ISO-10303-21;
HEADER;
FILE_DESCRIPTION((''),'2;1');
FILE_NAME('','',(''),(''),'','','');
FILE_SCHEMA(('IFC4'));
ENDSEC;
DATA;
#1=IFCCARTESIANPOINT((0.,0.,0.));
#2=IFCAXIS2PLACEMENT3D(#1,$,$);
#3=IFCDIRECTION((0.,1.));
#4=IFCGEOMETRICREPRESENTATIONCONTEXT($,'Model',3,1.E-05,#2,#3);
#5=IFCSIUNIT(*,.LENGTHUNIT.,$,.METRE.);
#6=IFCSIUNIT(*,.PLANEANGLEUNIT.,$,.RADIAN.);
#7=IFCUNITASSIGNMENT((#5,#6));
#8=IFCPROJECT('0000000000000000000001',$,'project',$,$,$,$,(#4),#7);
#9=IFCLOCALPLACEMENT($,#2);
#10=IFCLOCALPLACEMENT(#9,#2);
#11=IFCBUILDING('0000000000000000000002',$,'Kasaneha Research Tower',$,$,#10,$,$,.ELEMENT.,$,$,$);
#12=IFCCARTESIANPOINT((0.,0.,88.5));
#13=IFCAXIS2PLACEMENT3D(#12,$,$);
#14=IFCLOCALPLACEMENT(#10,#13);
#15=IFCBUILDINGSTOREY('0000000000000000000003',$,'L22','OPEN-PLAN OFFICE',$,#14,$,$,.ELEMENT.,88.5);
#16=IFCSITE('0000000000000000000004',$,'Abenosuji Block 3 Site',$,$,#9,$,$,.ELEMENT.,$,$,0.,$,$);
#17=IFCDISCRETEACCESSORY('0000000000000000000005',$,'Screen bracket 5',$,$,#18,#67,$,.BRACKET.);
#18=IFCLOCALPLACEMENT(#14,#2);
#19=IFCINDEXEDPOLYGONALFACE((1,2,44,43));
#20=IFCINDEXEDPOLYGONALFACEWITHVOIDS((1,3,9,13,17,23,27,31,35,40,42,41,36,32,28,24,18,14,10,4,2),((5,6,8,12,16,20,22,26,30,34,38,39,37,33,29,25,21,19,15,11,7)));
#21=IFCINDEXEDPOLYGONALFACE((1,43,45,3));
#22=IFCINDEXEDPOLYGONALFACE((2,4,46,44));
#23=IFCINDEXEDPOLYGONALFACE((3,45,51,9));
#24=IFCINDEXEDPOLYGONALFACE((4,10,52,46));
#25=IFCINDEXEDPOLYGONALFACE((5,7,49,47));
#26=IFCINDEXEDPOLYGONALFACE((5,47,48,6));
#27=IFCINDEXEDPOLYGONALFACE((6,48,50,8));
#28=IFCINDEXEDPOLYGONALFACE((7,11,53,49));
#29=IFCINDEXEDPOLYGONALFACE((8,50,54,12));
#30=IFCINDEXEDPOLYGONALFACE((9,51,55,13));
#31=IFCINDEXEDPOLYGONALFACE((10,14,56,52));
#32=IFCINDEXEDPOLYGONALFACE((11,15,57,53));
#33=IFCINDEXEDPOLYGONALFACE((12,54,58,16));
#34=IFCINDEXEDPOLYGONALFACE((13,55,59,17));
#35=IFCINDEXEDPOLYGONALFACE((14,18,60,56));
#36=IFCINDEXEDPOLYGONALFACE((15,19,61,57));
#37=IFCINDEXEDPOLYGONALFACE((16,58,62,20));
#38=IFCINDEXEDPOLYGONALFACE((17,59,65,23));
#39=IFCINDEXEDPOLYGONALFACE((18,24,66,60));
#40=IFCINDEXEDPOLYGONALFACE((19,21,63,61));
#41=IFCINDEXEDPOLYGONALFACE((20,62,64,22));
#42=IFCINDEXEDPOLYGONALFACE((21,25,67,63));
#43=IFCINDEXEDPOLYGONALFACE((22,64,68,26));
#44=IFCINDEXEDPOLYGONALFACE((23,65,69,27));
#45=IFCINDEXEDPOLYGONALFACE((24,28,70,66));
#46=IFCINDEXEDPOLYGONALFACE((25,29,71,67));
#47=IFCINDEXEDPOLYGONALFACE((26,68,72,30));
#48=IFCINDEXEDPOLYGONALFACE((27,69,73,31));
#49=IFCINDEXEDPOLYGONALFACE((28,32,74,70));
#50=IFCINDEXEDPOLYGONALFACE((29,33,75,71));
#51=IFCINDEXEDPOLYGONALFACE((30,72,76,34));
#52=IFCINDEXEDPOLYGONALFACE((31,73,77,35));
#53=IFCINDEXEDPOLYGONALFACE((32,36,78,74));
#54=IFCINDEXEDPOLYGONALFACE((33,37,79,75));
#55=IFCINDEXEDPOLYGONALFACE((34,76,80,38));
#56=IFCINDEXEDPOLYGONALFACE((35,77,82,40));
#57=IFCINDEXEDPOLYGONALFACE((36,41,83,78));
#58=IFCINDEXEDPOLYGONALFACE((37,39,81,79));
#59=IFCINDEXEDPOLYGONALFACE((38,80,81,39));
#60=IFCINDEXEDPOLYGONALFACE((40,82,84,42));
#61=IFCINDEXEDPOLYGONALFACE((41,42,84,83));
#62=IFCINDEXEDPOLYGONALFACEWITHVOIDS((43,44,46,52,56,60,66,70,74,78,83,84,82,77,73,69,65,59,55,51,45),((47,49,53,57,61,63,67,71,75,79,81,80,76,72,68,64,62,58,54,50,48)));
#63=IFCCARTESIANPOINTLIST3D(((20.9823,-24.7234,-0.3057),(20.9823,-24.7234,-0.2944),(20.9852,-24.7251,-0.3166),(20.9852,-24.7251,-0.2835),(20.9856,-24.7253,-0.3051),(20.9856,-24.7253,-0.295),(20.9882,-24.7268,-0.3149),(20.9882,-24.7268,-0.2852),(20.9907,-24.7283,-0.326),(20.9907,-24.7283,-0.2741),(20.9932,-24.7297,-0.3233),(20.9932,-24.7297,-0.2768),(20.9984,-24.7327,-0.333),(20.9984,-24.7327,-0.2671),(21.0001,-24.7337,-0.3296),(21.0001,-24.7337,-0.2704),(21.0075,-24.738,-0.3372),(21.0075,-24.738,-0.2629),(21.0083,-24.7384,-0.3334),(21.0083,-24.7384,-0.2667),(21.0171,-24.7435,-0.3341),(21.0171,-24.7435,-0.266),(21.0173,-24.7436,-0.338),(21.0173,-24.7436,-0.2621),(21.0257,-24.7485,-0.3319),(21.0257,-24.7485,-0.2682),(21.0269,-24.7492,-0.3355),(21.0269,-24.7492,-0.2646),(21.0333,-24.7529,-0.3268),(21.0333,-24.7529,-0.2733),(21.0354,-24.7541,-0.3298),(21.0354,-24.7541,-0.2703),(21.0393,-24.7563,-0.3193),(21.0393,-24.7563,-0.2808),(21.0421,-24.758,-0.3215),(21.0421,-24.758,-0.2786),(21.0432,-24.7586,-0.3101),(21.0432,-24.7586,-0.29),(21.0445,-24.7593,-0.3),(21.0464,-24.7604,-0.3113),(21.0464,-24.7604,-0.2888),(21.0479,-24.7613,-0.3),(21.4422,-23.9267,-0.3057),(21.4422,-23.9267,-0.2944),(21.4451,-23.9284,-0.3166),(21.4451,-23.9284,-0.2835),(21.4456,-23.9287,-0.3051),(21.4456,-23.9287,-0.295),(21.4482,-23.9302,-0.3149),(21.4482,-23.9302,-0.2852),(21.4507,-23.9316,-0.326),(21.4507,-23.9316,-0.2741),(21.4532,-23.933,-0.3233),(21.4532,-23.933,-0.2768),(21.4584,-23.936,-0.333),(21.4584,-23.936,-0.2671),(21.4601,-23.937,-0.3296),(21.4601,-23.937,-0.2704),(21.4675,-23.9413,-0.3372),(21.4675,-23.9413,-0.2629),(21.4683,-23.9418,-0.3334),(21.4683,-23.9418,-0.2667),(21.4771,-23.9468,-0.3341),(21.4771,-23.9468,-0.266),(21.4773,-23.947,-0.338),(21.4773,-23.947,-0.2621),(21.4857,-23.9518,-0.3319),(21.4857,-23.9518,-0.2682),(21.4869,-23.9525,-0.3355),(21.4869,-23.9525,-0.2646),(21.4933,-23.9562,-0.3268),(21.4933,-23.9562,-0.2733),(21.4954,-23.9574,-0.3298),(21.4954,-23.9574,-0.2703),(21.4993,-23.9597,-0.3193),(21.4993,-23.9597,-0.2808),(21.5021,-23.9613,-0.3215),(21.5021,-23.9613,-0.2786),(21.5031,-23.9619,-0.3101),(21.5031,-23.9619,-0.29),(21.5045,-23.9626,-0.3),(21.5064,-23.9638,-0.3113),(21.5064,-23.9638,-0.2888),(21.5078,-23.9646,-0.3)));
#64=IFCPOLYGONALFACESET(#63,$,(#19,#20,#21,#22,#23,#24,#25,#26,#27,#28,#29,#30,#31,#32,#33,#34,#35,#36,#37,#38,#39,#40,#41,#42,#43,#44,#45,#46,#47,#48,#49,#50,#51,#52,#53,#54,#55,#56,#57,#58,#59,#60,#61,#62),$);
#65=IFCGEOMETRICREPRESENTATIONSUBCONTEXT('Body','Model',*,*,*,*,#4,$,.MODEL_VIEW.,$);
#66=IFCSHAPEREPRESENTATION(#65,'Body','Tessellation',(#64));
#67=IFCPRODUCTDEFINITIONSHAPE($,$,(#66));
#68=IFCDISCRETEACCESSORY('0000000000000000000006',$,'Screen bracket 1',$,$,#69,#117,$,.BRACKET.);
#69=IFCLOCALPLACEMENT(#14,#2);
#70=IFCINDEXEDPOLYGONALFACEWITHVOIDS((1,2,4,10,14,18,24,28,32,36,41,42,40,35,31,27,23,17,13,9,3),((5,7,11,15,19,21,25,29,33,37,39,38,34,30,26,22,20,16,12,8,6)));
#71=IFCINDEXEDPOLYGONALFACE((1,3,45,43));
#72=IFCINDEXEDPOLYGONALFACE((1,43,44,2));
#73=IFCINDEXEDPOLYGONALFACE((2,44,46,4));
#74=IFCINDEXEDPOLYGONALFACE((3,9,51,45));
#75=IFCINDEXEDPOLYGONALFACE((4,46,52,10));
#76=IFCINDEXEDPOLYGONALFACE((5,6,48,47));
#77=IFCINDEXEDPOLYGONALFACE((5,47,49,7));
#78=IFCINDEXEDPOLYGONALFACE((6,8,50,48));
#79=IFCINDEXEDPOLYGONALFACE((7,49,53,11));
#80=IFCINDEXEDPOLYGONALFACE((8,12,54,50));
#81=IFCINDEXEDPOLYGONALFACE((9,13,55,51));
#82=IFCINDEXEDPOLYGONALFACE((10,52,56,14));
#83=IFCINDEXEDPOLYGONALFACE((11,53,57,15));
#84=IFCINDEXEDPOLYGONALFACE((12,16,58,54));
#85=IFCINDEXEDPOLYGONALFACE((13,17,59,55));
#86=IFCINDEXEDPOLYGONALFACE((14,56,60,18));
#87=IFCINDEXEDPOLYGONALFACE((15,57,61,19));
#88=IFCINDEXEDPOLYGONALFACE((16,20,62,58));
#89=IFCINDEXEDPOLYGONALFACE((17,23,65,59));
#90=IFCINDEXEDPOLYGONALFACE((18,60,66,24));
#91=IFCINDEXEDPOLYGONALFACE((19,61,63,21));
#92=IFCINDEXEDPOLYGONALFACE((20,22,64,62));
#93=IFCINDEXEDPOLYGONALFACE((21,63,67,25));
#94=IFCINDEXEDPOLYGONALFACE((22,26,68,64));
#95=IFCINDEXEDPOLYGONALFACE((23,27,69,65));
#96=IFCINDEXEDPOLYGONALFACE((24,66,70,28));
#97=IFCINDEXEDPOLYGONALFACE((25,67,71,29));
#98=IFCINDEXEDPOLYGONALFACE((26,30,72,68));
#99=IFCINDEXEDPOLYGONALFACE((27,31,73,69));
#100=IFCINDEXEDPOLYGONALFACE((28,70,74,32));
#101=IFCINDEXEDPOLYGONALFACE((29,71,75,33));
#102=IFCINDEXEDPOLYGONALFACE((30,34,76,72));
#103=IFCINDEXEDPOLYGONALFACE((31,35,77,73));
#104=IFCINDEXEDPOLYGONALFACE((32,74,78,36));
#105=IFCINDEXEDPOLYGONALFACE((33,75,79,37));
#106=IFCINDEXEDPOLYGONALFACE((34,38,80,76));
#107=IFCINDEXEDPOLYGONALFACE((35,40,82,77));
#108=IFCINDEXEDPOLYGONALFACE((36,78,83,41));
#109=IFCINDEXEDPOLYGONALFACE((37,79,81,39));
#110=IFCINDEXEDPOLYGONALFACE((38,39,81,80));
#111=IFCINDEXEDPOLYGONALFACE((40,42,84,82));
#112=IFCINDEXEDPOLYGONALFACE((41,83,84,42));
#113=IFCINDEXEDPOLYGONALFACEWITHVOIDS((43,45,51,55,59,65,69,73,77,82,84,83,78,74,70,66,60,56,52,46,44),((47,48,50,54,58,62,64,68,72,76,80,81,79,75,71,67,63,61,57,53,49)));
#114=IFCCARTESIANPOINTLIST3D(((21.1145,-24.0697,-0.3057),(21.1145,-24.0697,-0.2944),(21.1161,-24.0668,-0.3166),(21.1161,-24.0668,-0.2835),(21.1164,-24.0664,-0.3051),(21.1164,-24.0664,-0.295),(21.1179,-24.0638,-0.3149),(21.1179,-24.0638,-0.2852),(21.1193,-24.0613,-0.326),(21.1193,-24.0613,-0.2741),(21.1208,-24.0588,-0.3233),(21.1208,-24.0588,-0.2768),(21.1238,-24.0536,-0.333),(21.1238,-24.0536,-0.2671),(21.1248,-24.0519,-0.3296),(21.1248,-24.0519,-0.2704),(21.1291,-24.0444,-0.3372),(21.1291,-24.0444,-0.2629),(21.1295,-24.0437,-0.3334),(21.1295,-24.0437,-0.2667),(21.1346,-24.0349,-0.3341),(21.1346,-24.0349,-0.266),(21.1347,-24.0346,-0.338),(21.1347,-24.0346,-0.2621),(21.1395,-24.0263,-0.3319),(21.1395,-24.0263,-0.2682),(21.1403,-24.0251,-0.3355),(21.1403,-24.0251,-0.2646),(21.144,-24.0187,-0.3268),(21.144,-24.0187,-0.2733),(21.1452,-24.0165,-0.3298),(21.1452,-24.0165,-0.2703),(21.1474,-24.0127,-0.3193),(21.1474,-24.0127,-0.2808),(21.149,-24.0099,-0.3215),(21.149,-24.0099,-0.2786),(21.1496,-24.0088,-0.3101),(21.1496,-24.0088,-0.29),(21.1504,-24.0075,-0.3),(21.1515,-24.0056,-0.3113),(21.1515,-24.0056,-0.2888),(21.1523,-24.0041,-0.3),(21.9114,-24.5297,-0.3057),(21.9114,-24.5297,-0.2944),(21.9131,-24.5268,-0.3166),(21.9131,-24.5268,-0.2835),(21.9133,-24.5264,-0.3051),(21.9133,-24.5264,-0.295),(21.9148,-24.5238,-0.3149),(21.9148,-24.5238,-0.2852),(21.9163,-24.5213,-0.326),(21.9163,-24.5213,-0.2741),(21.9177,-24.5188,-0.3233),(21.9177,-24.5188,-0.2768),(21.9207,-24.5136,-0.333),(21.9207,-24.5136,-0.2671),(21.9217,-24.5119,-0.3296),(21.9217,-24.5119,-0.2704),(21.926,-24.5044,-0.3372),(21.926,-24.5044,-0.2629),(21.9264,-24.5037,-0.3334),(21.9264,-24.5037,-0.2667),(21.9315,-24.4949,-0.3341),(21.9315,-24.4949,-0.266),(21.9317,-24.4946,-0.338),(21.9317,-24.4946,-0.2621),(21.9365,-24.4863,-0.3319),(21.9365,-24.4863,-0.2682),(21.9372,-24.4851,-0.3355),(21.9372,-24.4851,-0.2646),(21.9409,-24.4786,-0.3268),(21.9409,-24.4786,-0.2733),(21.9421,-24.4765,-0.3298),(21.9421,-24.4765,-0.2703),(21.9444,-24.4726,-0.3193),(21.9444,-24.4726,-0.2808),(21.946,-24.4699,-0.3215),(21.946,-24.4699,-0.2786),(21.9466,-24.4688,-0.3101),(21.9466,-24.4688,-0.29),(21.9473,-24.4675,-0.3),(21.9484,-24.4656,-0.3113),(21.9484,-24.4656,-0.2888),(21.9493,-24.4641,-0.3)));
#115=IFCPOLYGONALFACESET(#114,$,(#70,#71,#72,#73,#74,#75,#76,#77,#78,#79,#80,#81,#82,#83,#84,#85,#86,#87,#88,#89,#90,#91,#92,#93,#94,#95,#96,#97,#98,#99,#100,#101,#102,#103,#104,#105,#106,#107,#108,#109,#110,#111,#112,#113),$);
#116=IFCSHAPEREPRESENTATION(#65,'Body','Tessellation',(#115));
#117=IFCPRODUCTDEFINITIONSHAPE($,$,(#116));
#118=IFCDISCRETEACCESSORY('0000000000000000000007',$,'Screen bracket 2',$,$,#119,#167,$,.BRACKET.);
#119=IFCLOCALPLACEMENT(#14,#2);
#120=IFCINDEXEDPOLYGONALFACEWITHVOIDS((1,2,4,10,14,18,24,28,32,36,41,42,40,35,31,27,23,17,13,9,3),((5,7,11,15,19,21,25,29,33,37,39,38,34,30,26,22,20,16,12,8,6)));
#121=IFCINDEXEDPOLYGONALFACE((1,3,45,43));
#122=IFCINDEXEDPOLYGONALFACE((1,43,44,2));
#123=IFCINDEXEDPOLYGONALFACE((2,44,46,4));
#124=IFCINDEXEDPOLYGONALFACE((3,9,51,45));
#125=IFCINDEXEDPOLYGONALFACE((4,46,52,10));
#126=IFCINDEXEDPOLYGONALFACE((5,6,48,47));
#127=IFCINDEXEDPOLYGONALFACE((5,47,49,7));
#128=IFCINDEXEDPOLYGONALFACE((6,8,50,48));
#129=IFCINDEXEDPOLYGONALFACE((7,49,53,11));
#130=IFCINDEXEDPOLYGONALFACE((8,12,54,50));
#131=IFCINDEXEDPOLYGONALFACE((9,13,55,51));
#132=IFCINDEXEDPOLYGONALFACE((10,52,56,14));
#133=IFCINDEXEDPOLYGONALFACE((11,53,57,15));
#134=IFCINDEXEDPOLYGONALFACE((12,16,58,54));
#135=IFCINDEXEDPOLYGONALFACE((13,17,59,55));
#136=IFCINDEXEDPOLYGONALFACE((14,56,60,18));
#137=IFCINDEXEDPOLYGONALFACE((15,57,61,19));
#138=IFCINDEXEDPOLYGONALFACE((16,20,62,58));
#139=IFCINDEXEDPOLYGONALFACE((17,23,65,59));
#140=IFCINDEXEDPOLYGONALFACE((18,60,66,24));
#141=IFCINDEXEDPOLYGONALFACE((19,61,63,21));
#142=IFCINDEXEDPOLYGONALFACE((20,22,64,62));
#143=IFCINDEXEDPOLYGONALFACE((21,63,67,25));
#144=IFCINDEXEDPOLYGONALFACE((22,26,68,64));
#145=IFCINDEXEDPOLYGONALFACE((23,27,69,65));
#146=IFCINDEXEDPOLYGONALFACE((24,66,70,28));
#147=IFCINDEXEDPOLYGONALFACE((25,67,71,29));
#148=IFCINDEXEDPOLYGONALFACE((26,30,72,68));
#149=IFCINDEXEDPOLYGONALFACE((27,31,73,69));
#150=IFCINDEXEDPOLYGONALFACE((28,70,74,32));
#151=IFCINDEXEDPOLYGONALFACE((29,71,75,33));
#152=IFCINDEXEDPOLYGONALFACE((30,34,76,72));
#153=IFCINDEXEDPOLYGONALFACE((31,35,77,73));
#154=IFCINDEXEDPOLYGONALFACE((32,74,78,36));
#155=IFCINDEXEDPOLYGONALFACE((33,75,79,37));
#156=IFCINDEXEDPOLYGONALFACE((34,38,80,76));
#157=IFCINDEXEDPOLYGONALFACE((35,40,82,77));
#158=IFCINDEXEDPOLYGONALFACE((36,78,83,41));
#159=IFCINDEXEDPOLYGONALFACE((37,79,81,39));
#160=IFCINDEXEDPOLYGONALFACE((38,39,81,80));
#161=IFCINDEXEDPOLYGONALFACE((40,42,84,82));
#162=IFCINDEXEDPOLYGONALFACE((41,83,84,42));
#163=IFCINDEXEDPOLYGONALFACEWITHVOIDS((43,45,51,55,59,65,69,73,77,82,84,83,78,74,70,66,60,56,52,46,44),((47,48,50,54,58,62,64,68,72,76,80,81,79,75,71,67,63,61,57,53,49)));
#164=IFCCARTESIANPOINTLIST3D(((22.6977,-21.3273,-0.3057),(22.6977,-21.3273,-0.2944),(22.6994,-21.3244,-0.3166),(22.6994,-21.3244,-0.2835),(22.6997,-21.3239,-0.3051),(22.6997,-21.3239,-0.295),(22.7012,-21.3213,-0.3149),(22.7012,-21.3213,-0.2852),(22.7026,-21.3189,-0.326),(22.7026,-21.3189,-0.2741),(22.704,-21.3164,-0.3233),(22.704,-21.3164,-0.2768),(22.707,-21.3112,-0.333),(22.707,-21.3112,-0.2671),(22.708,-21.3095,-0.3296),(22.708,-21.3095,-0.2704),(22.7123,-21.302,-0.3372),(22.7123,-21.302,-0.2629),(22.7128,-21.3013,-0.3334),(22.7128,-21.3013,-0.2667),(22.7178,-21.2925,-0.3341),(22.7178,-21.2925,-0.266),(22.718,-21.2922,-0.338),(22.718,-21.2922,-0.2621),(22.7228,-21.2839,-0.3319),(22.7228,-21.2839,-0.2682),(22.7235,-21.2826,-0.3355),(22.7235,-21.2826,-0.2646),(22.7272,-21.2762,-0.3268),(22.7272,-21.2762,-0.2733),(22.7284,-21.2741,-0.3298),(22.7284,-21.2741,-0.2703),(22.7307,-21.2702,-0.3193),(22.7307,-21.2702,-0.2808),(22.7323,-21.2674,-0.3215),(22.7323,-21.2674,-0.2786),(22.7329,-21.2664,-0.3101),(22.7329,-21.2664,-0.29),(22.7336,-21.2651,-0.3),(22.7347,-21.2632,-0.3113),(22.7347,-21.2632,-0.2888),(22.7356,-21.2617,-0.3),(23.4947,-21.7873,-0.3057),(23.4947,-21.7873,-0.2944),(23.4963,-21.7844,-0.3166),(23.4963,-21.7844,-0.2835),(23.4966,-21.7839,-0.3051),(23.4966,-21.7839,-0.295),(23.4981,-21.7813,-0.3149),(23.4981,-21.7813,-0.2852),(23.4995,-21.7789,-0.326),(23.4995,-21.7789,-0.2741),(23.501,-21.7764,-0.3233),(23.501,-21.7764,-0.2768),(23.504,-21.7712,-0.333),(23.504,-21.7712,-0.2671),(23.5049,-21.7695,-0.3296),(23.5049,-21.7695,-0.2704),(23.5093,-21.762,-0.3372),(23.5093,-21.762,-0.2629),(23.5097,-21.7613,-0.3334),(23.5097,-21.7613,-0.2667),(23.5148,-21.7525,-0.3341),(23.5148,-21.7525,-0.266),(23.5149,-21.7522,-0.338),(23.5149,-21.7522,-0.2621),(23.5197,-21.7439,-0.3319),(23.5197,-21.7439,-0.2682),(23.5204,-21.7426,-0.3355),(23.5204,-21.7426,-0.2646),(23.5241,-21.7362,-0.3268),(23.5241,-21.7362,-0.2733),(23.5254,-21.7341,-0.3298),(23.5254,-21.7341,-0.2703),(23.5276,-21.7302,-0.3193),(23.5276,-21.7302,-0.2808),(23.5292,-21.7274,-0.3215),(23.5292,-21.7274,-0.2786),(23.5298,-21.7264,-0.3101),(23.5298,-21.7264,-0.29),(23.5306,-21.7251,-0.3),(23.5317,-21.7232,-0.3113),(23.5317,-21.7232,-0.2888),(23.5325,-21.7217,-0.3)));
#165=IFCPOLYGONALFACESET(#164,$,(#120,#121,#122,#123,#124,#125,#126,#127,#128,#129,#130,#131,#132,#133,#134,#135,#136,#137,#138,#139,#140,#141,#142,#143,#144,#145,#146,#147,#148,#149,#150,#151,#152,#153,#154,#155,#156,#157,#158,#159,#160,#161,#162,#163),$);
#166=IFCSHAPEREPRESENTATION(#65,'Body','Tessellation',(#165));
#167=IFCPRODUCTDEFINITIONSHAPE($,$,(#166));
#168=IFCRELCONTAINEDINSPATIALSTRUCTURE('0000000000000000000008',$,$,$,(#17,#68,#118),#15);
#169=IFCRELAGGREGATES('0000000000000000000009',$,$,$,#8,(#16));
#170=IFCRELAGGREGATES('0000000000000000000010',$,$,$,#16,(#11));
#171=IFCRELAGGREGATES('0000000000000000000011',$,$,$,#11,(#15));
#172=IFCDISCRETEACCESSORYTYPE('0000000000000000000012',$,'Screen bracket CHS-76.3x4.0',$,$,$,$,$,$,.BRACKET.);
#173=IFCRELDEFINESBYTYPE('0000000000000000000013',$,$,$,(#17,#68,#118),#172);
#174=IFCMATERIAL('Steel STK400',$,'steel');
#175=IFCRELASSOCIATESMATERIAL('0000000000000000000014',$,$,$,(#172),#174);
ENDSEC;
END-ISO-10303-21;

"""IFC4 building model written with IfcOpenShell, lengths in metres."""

from ifc_helpers import new_model, si_unit, direction, frame, origin, origin_2d, place, context, subcontext, project, spatial, hollow_circle, extrude, material, material_profile, profile_set, type_object, element, save


model = new_model("IFC4")

# Units and contexts
model_context = context("Model", 3, precision=1e-05, world=origin(), true_north=direction((0.0, 1.0)))
body_context = subcontext(model_context, "Body", "Model", "MODEL_VIEW")
ifc_project = project(units=[si_unit("LENGTHUNIT", "METRE"), si_unit("PLANEANGLEUNIT", "RADIAN")], contexts=[model_context])

# Site, building, storey
site_placement = place(None, origin())
site = spatial("IfcSite", under=ifc_project, at=site_placement, Name="Abenosuji Block 3 Site", CompositionType="ELEMENT", RefElevation=0.0)
building_placement = place(site_placement, origin())
building = spatial("IfcBuilding", under=site, at=building_placement, Name="Kasaneha Research Tower", CompositionType="ELEMENT")
storey_placement = place(building_placement, frame((0.0, 0.0, 88.5)))
storey = spatial("IfcBuildingStorey", under=building, at=storey_placement, Name="L22", Description="OPEN-PLAN OFFICE", CompositionType="ELEMENT", Elevation=88.5)

# Discrete accessories
ifc_material_1 = material(Name="Steel STK400", Category="steel")
ifc_material_profile_1 = material_profile(ifc_material_1, hollow_circle(Radius=0.0381, WallThickness=0.0039, at=origin_2d()), Name="CHS-76.3x4.0")
ifc_profile_set_1 = profile_set([ifc_material_profile_1], Name="Steel STK400")
discrete_accessory_type = type_object("IfcDiscreteAccessoryType", Name="Screen bracket CHS-76.3x4.0", PredefinedType="BRACKET", material=ifc_profile_set_1)
discrete_accessory_1_placement = place(storey_placement, frame((21.4749, -23.9456, -0.3), z_axis=(-0.500021, -0.866013, 0.0), x_axis=(0.866013, -0.500021, 0.0)))
element("IfcDiscreteAccessory", 1, at=discrete_accessory_1_placement, inside=storey, type_object=discrete_accessory_type, Name="Screen bracket 5", PredefinedType="BRACKET", context=body_context, shape_type="SweptSolid", body=[
    extrude(hollow_circle(Radius=0.0381, WallThickness=0.0039, at=origin_2d()), origin(), (0.0, 0.0, 1.0), 0.9199),
])
for number, where, z_axis, x_axis, name in (
    (2, (21.1333, -24.0371, -0.3), (0.86608, -0.499906, 0.0), (0.499906, 0.86608, 0.0), "Screen bracket 1"),
    (3, (22.7166, -21.2947, -0.3), (0.86608, -0.499906, 0.0), (0.499906, 0.86608, 0.0), "Screen bracket 2"),
):
    element("IfcDiscreteAccessory", number, at=place(storey_placement, frame(where, z_axis=z_axis, x_axis=x_axis)), inside=storey, type_object=discrete_accessory_type, Name=name, PredefinedType="BRACKET", context=body_context, shape_type="SweptSolid", body=[
        extrude(hollow_circle(Radius=0.0381, WallThickness=0.0039, at=origin_2d()), origin(), (0.0, 0.0, 1.0), 0.9202),
    ])

save(model, "model.ifc")
